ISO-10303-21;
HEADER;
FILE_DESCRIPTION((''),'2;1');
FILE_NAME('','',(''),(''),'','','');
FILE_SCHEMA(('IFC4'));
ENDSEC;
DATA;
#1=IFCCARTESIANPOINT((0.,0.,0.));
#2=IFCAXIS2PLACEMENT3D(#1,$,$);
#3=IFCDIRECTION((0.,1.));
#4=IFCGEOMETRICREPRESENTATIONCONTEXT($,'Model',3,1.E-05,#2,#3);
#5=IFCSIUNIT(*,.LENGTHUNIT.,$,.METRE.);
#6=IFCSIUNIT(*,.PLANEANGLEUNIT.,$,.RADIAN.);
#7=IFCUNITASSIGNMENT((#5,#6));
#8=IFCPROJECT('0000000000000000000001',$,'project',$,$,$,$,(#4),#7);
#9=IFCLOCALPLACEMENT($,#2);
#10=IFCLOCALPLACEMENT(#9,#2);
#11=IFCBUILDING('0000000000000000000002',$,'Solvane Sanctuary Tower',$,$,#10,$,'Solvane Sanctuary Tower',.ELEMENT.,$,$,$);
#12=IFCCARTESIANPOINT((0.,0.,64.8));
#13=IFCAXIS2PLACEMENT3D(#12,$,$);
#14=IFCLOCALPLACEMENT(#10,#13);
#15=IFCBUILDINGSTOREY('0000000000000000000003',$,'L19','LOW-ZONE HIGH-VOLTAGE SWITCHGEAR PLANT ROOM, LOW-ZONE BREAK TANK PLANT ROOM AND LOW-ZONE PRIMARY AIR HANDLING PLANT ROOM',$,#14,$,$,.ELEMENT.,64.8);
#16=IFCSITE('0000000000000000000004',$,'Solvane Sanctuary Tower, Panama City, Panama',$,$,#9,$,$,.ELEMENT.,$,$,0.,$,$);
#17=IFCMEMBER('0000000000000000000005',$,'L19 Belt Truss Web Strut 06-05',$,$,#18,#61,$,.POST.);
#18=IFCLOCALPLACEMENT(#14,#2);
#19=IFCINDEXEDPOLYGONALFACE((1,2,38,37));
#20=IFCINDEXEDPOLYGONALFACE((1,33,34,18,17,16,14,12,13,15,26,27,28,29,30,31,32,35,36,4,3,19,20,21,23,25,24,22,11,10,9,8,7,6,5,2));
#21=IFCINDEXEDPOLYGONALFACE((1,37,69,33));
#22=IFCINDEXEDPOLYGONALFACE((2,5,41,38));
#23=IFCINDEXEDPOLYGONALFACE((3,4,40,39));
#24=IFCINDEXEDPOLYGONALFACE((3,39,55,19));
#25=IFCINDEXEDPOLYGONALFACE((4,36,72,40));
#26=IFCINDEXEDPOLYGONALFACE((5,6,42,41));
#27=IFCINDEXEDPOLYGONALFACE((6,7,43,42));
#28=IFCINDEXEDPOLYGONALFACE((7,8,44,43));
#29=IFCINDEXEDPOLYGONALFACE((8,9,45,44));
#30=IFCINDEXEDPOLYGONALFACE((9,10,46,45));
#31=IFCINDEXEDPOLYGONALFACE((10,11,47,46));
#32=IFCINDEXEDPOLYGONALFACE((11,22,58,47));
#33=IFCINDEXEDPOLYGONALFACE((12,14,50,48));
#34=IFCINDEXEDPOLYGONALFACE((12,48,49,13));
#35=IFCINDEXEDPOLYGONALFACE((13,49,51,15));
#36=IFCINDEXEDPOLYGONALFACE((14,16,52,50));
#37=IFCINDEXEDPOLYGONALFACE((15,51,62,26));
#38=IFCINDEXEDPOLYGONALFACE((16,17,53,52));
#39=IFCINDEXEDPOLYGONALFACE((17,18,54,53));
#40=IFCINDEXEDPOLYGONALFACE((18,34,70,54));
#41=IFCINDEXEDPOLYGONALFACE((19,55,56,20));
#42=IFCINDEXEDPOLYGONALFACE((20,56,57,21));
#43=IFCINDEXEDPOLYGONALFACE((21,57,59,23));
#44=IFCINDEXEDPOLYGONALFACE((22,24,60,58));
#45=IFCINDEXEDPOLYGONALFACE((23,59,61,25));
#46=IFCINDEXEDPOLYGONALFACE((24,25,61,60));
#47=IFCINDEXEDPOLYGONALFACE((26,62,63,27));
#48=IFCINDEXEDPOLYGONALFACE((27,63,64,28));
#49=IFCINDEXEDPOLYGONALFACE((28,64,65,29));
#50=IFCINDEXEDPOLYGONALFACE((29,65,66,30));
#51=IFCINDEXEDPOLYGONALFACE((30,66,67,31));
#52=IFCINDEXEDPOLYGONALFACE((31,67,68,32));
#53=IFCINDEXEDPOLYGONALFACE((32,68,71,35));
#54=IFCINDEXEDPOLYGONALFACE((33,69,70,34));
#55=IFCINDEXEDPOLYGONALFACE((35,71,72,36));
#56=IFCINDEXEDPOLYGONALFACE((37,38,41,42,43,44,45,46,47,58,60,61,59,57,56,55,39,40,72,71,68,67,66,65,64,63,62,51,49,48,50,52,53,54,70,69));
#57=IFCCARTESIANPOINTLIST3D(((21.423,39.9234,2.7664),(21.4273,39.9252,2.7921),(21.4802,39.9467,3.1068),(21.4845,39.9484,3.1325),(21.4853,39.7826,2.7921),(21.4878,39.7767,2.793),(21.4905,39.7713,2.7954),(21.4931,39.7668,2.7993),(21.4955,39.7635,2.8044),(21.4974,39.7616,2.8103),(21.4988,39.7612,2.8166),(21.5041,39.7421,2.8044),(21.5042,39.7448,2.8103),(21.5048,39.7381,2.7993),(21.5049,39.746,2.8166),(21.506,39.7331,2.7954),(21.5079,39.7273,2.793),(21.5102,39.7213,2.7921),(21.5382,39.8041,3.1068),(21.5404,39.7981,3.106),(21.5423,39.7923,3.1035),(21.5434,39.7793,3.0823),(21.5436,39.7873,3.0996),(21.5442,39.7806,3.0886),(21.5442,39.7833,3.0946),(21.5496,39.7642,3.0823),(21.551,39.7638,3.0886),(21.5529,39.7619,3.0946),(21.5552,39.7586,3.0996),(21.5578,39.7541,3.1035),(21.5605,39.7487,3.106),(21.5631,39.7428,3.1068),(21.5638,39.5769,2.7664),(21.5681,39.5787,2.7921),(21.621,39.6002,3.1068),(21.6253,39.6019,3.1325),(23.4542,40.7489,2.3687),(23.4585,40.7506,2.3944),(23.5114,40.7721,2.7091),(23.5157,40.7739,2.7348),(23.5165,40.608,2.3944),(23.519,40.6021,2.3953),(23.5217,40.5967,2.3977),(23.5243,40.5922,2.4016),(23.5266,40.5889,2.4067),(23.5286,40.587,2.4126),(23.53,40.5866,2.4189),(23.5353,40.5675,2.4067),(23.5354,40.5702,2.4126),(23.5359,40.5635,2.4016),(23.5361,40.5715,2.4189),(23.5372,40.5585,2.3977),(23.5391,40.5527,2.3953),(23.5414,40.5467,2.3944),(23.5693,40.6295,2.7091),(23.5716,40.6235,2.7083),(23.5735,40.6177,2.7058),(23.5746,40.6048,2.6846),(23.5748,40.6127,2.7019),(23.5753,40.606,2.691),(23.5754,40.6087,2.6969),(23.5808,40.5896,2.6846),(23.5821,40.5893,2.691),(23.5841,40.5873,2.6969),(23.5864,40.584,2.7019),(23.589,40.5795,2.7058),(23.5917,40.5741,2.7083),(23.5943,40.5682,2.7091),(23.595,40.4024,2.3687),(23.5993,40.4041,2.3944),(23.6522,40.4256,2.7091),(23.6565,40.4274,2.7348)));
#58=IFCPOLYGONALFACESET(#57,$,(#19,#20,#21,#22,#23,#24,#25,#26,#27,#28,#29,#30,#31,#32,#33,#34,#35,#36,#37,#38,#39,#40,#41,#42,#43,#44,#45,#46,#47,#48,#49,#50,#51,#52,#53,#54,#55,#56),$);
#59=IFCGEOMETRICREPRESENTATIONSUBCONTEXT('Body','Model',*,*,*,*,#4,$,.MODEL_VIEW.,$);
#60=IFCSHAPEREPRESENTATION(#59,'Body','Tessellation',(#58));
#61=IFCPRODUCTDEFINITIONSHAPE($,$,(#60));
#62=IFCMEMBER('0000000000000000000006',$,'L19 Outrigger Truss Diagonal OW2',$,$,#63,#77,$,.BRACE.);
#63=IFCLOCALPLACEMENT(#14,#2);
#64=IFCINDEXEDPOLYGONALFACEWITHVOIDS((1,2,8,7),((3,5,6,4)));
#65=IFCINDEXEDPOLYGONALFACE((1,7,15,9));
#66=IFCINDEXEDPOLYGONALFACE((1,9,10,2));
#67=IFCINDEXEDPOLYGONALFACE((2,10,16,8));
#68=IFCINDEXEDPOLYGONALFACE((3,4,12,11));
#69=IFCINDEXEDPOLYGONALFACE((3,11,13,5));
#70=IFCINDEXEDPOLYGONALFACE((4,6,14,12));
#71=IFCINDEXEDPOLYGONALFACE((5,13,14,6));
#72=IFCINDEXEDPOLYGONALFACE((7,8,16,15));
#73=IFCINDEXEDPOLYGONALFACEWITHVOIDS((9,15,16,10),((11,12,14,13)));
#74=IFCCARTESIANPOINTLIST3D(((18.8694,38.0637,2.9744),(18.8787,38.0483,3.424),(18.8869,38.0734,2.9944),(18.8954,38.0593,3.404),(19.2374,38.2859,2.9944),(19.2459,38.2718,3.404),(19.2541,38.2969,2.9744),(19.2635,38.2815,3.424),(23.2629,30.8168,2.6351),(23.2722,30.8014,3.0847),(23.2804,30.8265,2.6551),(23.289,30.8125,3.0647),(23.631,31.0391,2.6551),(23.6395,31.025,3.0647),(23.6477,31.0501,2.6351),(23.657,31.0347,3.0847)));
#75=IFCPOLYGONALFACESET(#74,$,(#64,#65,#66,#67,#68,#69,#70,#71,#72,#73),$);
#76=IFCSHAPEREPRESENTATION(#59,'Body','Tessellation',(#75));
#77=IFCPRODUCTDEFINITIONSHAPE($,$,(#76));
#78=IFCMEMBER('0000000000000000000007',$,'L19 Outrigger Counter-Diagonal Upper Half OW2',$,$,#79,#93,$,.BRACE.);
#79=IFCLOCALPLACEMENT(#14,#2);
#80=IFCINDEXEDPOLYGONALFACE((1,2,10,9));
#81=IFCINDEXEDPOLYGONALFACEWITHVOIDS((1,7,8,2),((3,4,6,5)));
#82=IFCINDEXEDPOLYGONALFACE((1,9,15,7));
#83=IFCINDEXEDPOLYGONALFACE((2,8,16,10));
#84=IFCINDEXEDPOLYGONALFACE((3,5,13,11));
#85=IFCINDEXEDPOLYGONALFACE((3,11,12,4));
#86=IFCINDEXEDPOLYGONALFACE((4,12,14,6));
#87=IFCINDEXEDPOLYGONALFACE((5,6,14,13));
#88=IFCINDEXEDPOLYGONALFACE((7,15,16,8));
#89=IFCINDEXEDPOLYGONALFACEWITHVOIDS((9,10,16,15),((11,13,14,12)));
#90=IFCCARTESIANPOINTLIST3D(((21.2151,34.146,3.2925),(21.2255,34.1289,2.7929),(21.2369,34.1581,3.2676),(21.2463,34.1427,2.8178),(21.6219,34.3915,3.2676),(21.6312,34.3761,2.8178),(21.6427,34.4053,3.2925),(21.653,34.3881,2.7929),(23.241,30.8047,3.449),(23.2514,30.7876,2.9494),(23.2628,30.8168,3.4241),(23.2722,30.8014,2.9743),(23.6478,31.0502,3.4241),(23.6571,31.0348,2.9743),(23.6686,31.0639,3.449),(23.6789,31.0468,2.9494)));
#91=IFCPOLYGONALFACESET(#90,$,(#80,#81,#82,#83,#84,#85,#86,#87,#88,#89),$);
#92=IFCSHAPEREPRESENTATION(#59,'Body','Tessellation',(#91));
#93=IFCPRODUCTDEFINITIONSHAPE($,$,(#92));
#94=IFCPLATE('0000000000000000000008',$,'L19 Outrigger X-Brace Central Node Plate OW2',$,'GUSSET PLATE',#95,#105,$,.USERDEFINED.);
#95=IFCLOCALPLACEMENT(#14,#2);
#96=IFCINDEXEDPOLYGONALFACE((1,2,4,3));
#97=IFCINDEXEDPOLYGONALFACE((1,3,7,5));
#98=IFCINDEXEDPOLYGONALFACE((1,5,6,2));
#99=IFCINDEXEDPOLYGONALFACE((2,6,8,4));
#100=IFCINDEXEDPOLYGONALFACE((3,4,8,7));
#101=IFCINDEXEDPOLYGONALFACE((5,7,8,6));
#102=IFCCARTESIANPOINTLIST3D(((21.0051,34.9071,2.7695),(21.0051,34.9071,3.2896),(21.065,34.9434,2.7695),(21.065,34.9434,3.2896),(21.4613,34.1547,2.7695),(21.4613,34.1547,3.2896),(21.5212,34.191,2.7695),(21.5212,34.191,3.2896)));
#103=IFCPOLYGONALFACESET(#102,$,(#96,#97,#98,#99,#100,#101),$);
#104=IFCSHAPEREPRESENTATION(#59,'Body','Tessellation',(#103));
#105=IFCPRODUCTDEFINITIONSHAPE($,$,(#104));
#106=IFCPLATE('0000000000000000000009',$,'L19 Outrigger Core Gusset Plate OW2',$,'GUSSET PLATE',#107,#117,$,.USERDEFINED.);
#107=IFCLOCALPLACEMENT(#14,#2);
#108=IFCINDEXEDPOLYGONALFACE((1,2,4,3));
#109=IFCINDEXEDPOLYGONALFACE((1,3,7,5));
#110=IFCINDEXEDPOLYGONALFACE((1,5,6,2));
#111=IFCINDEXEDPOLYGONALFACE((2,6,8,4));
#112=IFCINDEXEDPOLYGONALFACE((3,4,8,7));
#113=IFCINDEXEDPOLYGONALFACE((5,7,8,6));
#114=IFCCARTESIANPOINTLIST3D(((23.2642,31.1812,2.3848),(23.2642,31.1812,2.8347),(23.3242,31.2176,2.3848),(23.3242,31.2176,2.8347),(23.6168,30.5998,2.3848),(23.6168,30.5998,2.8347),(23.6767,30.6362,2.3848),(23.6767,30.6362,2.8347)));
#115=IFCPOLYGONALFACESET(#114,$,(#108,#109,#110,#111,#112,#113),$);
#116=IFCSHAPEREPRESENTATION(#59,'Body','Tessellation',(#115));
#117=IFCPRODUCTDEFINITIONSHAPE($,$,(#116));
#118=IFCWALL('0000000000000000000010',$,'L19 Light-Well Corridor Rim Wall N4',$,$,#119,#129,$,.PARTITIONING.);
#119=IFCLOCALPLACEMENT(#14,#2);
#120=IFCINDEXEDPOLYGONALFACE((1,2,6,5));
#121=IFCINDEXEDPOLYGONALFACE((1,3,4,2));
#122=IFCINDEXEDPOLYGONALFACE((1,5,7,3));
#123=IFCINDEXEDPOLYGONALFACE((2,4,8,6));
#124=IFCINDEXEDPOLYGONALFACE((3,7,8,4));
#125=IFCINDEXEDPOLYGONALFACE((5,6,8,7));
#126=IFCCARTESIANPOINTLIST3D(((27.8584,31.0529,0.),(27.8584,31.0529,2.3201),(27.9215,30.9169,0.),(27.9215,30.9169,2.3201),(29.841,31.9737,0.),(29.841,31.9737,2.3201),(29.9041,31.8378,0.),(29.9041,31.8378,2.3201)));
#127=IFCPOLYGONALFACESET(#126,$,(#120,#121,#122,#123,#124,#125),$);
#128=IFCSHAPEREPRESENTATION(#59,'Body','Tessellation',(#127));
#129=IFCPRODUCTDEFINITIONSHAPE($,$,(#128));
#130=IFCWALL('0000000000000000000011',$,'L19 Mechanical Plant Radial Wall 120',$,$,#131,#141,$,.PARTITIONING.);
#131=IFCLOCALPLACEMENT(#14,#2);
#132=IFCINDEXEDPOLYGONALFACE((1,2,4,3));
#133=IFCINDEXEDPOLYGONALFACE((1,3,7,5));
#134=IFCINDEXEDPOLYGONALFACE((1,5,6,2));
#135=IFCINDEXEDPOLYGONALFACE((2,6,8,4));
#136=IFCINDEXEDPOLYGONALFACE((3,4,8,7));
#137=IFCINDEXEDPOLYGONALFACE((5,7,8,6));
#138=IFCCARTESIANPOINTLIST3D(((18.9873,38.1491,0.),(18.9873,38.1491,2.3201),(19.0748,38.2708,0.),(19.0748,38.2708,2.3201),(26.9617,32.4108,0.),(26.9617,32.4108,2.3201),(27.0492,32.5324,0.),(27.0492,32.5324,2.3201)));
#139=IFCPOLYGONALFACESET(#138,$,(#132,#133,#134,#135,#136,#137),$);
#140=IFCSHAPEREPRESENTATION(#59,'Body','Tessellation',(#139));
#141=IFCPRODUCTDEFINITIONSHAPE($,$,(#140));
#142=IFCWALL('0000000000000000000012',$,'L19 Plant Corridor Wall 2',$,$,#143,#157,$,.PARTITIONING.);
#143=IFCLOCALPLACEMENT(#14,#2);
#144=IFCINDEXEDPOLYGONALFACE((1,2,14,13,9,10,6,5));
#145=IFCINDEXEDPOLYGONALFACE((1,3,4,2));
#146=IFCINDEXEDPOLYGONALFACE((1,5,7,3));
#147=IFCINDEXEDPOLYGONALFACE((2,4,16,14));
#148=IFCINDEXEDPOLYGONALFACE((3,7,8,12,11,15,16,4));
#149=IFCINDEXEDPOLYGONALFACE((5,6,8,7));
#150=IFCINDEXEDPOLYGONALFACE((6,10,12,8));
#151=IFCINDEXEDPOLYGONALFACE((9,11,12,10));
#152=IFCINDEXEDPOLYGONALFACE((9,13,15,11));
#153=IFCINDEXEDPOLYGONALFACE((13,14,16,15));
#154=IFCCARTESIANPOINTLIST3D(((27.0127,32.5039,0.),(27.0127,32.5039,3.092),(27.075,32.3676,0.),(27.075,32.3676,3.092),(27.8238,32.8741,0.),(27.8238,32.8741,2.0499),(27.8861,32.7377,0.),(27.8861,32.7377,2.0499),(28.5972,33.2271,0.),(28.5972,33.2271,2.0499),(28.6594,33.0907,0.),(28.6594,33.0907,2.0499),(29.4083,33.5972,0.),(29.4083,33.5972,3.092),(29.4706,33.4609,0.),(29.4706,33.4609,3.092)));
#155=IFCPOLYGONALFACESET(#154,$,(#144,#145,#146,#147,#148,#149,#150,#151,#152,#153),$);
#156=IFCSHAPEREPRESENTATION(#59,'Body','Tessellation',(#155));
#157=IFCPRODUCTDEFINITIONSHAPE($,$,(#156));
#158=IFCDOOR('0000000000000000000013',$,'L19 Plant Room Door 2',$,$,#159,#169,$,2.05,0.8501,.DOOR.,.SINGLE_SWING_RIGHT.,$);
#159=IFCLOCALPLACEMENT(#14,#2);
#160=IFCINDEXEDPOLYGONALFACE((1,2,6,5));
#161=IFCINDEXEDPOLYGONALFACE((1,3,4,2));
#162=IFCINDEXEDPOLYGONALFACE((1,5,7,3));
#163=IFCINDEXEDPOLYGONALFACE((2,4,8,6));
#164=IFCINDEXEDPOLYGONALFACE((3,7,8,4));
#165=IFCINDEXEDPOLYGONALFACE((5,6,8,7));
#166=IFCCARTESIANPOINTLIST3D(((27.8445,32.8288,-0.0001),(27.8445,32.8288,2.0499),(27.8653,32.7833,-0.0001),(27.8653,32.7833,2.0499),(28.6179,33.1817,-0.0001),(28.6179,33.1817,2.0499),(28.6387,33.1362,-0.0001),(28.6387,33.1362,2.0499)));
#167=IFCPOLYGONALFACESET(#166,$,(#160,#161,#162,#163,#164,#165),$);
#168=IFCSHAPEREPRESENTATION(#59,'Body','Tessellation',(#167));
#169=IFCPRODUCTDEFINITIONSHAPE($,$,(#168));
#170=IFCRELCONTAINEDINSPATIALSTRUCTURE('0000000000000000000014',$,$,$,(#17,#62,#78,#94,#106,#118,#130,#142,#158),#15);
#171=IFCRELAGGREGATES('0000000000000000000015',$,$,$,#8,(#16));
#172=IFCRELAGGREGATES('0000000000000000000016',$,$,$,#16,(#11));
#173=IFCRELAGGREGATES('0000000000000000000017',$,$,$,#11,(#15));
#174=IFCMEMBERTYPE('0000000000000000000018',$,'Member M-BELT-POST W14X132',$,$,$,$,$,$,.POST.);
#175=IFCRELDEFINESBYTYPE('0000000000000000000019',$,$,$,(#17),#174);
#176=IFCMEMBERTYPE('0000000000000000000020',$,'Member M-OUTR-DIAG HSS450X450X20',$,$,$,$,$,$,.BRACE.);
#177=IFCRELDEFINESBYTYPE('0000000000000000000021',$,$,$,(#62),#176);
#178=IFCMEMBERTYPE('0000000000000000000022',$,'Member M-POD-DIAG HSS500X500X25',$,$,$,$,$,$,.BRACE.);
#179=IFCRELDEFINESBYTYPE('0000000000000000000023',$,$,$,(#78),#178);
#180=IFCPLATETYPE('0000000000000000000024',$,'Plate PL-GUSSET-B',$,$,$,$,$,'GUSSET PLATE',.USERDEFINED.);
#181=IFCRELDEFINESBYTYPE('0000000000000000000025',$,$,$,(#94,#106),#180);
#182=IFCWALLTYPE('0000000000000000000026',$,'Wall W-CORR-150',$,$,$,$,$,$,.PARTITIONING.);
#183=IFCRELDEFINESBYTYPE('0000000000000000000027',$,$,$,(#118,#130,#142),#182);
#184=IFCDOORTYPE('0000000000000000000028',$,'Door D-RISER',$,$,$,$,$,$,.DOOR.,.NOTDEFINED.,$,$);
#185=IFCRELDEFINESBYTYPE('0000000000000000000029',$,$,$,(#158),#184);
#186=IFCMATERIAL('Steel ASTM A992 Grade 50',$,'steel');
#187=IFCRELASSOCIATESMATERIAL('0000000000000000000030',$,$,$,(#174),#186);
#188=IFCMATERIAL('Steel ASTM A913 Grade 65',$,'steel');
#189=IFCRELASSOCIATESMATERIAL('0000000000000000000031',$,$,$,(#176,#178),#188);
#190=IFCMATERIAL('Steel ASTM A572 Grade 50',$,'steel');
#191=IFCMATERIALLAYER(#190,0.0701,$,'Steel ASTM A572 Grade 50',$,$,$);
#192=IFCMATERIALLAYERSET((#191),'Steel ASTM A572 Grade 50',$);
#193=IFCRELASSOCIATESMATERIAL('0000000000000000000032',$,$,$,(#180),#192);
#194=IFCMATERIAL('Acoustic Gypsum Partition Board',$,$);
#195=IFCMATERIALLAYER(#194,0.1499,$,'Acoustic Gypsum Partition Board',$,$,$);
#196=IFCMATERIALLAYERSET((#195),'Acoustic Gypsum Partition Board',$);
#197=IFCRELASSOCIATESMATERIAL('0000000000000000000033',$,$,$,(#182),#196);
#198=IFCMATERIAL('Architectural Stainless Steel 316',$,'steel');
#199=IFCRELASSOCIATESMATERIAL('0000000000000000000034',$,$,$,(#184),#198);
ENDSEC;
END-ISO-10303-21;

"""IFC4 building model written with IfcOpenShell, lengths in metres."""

from ifc_helpers import new_model, si_unit, direction, frame, frame_2d, origin, origin_2d, place, context, subcontext, project, spatial, rectangle, hollow_rectangle, i_section, extrude, material, layer, layer_set, material_profile, profile_set, type_object, element, fill, save


model = new_model("IFC4")

# Units and contexts
model_context = context("Model", 3, precision=1e-05, world=origin(), true_north=direction((0.0, 1.0)))
body_context = subcontext(model_context, "Body", "Model", "MODEL_VIEW")
ifc_project = project(units=[si_unit("LENGTHUNIT", "METRE"), si_unit("PLANEANGLEUNIT", "RADIAN")], contexts=[model_context])

# Site, building, storey
site_placement = place(None, origin())
site = spatial("IfcSite", under=ifc_project, at=site_placement, Name="Solvane Sanctuary Tower, Panama City, Panama", CompositionType="ELEMENT", RefElevation=0.0)
building_placement = place(site_placement, origin())
building = spatial("IfcBuilding", under=site, at=building_placement, Name="Solvane Sanctuary Tower", LongName="Solvane Sanctuary Tower", CompositionType="ELEMENT")
storey_placement = place(building_placement, frame((0.0, 0.0, 64.8)))
storey = spatial("IfcBuildingStorey", under=building, at=storey_placement, Name="L19", Description="LOW-ZONE HIGH-VOLTAGE SWITCHGEAR PLANT ROOM, LOW-ZONE BREAK TANK PLANT ROOM AND LOW-ZONE PRIMARY AIR HANDLING PLANT ROOM", CompositionType="ELEMENT", Elevation=64.8)

# Shared definitions
ifc_material_1 = material(Name="Steel ASTM A913 Grade 65", Category="steel")
ifc_material_2 = material(Name="Steel ASTM A992 Grade 50", Category="steel")

# Members
ifc_material_profile_1 = material_profile(ifc_material_2, i_section(OverallWidth=0.374, OverallDepth=0.3721, WebThickness=0.0164, FlangeThickness=0.0261, FilletRadius=0.0249, at=origin_2d()), Name="W14X132")
ifc_profile_set_1 = profile_set([ifc_material_profile_1], Name="Steel ASTM A992 Grade 50")
member_type_1 = type_object("IfcMemberType", Name="Member M-BELT-POST W14X132", PredefinedType="POST", material=ifc_profile_set_1)
member_1_placement = place(storey_placement, frame((21.5242, 39.7627, 2.9495), z_axis=(0.911553, 0.370428, -0.178476), x_axis=(-0.376473, 0.926428, 0.0)))
element("IfcMember", 1, at=member_1_placement, inside=storey, type_object=member_type_1, Name="L19 Belt Truss Web Strut 06-05", PredefinedType="POST", context=body_context, shape_type="SweptSolid", body=[
    extrude(i_section(OverallWidth=0.374, OverallDepth=0.3721, WebThickness=0.0164, FlangeThickness=0.0261, FilletRadius=0.0249, at=origin_2d()), origin(), (0.0, 0.0, 1.0), 2.2283),
])
ifc_material_profile_2 = material_profile(ifc_material_1, hollow_rectangle(XDim=0.45, YDim=0.45, WallThickness=0.02, at=origin_2d()), Name="HSS450X450X20")
ifc_profile_set_2 = profile_set([ifc_material_profile_2], Name="Steel ASTM A913 Grade 65")
member_type_2 = type_object("IfcMemberType", Name="Member M-OUTR-DIAG HSS450X450X20", PredefinedType="BRACE", material=ifc_profile_set_2)
member_2_placement = place(storey_placement, frame((23.46, 30.9258, 2.8599), z_axis=(-0.518019, 0.854433, 0.040011), x_axis=(-0.855117, -0.518435, 0.0)))
element("IfcMember", 2, at=member_2_placement, inside=storey, type_object=member_type_2, Name="L19 Outrigger Truss Diagonal OW2", PredefinedType="BRACE", context=body_context, shape_type="SweptSolid", body=[
    extrude(hollow_rectangle(XDim=0.45, YDim=0.45, WallThickness=0.02, at=origin_2d()), origin(), (0.0, 0.0, 1.0), 8.4814),
])
ifc_material_profile_3 = material_profile(ifc_material_1, hollow_rectangle(XDim=0.5, YDim=0.5, WallThickness=0.0249, at=origin_2d()), Name="HSS500X500X25")
ifc_profile_set_3 = profile_set([ifc_material_profile_3], Name="Steel ASTM A913 Grade 65")
member_type_3 = type_object("IfcMemberType", Name="Member M-POD-DIAG HSS500X500X25", PredefinedType="BRACE", material=ifc_profile_set_3)
member_3_placement = place(storey_placement, frame((21.4341, 34.2671, 3.0427), z_axis=(0.518044, -0.854417, 0.040018), x_axis=(0.855102, 0.51846, 0.0)))
element("IfcMember", 3, at=member_3_placement, inside=storey, type_object=member_type_3, Name="L19 Outrigger Counter-Diagonal Upper Half OW2", PredefinedType="BRACE", context=body_context, shape_type="SweptSolid", body=[
    extrude(hollow_rectangle(XDim=0.5, YDim=0.5, WallThickness=0.0249, at=origin_2d()), origin(), (0.0, 0.0, 1.0), 3.9106),
])

# Plates
ifc_material_3 = material(Name="Steel ASTM A572 Grade 50", Category="steel")
ifc_layer_1 = layer(ifc_material_3, 0.0701, Name="Steel ASTM A572 Grade 50")
ifc_layer_set_1 = layer_set([ifc_layer_1], Name="Steel ASTM A572 Grade 50")
plate_type = type_object("IfcPlateType", Name="Plate PL-GUSSET-B", ElementType="GUSSET PLATE", PredefinedType="USERDEFINED", material=ifc_layer_set_1)
plate_1_placement = place(storey_placement, frame((21.2632, 34.5491, 2.7695), z_axis=(0.0, 0.0, 1.0), x_axis=(-0.518475, 0.855093, 0.0)))
element("IfcPlate", 4, at=plate_1_placement, inside=storey, type_object=plate_type, Name="L19 Outrigger X-Brace Central Node Plate OW2", ObjectType="GUSSET PLATE", PredefinedType="USERDEFINED", context=body_context, shape_type="SweptSolid", body=[
    extrude(rectangle(XDim=0.8799, YDim=0.0701, at=origin_2d()), origin(), (0.0, 0.0, 1.0), 0.52),
])
plate_2_placement = place(storey_placement, frame((23.4705, 30.9087, 2.3848), z_axis=(0.0, 0.0, 1.0), x_axis=(-0.518475, 0.855093, 0.0)))
element("IfcPlate", 5, at=plate_2_placement, inside=storey, type_object=plate_type, Name="L19 Outrigger Core Gusset Plate OW2", ObjectType="GUSSET PLATE", PredefinedType="USERDEFINED", context=body_context, shape_type="SweptSolid", body=[
    extrude(rectangle(XDim=0.6799, YDim=0.0701, at=origin_2d()), origin(), (0.0, 0.0, 1.0), 0.45),
])

# Walls
ifc_material_4 = material(Name="Acoustic Gypsum Partition Board")
ifc_layer_2 = layer(ifc_material_4, 0.1499, Name="Acoustic Gypsum Partition Board")
ifc_layer_set_2 = layer_set([ifc_layer_2], Name="Acoustic Gypsum Partition Board")
wall_type_1 = type_object("IfcWallType", Name="Wall W-CORR-150", PredefinedType="PARTITIONING", material=ifc_layer_set_2)
wall_1_placement = place(storey_placement, frame((29.8726, 31.9058, 0.0), z_axis=(0.0, 0.0, 1.0), x_axis=(-0.906943, -0.421252, 0.0)))
element("IfcWall", 6, at=wall_1_placement, inside=storey, type_object=wall_type_1, Name="L19 Light-Well Corridor Rim Wall N4", PredefinedType="PARTITIONING", context=body_context, shape_type="SweptSolid", body=[
    extrude(rectangle(XDim=2.186, YDim=0.1499, at=frame_2d((1.093, 0.0))), origin(), (0.0, 0.0, 1.0), 2.3201),
])
wall_2_placement = place(storey_placement, frame((27.0054, 32.4717, 0.0), z_axis=(0.0, 0.0, 1.0), x_axis=(-0.811692, 0.584086, 0.0)))
element("IfcWall", 7, at=wall_2_placement, inside=storey, type_object=wall_type_1, Name="L19 Mechanical Plant Radial Wall 120", PredefinedType="PARTITIONING", context=body_context, shape_type="SweptSolid", body=[
    extrude(rectangle(XDim=9.8245, YDim=0.1499, at=frame_2d((4.9121, 0.0))), origin(), (0.0, 0.0, 1.0), 2.3201),
])

# Wall, opening, door
wall_3_placement = place(storey_placement, frame((29.4395, 33.5291, 0.0), z_axis=(0.0, 0.0, 1.0), x_axis=(-0.909737, -0.415186, 0.0)))
wall_3 = element("IfcWall", 8, at=wall_3_placement, inside=storey, type_object=wall_type_1, Name="L19 Plant Corridor Wall 2", PredefinedType="PARTITIONING", context=body_context, shape_type="SweptSolid", body=[
    extrude(rectangle(XDim=2.6333, YDim=0.1499, at=frame_2d((1.3167, 0.0))), origin(), (0.0, 0.0, 1.0), 3.092),
])
opening_placement = place(wall_3_placement, frame((0.8916, 0.0, 0.0)))
opening = element("IfcOpeningElement", 9, at=opening_placement, cuts=wall_3, PredefinedType="OPENING", context=body_context, shape_type="SweptSolid", body=[
    extrude(rectangle(XDim=0.8501, YDim=2.05, at=frame_2d((0.425, 1.0249))), frame((0.0, 0.085, 0.0), z_axis=(0.0, -1.0, 0.0), x_axis=(1.0, 0.0, 0.0)), (0.0, 0.0, 1.0), 0.1699),
])
ifc_material_5 = material(Name="Architectural Stainless Steel 316", Category="steel")
door_type = type_object("IfcDoorType", Name="Door D-RISER", OperationType="NOTDEFINED", PredefinedType="DOOR", material=ifc_material_5)
door_placement = place(opening_placement, origin())
door = element("IfcDoor", 10, at=door_placement, inside=storey, type_object=door_type, Name="L19 Plant Room Door 2", OperationType="SINGLE_SWING_RIGHT", OverallHeight=2.05, OverallWidth=0.8501, PredefinedType="DOOR", context=body_context, shape_type="SweptSolid", body=[
    extrude(rectangle(XDim=0.8501, YDim=2.05, at=frame_2d((0.425, 1.0249))), frame((0.0, 0.0249, 0.0), z_axis=(0.0, -1.0, 0.0), x_axis=(1.0, 0.0, 0.0)), (0.0, 0.0, 1.0), 0.05),
])
fill(opening, door)

save(model, "model.ifc")
